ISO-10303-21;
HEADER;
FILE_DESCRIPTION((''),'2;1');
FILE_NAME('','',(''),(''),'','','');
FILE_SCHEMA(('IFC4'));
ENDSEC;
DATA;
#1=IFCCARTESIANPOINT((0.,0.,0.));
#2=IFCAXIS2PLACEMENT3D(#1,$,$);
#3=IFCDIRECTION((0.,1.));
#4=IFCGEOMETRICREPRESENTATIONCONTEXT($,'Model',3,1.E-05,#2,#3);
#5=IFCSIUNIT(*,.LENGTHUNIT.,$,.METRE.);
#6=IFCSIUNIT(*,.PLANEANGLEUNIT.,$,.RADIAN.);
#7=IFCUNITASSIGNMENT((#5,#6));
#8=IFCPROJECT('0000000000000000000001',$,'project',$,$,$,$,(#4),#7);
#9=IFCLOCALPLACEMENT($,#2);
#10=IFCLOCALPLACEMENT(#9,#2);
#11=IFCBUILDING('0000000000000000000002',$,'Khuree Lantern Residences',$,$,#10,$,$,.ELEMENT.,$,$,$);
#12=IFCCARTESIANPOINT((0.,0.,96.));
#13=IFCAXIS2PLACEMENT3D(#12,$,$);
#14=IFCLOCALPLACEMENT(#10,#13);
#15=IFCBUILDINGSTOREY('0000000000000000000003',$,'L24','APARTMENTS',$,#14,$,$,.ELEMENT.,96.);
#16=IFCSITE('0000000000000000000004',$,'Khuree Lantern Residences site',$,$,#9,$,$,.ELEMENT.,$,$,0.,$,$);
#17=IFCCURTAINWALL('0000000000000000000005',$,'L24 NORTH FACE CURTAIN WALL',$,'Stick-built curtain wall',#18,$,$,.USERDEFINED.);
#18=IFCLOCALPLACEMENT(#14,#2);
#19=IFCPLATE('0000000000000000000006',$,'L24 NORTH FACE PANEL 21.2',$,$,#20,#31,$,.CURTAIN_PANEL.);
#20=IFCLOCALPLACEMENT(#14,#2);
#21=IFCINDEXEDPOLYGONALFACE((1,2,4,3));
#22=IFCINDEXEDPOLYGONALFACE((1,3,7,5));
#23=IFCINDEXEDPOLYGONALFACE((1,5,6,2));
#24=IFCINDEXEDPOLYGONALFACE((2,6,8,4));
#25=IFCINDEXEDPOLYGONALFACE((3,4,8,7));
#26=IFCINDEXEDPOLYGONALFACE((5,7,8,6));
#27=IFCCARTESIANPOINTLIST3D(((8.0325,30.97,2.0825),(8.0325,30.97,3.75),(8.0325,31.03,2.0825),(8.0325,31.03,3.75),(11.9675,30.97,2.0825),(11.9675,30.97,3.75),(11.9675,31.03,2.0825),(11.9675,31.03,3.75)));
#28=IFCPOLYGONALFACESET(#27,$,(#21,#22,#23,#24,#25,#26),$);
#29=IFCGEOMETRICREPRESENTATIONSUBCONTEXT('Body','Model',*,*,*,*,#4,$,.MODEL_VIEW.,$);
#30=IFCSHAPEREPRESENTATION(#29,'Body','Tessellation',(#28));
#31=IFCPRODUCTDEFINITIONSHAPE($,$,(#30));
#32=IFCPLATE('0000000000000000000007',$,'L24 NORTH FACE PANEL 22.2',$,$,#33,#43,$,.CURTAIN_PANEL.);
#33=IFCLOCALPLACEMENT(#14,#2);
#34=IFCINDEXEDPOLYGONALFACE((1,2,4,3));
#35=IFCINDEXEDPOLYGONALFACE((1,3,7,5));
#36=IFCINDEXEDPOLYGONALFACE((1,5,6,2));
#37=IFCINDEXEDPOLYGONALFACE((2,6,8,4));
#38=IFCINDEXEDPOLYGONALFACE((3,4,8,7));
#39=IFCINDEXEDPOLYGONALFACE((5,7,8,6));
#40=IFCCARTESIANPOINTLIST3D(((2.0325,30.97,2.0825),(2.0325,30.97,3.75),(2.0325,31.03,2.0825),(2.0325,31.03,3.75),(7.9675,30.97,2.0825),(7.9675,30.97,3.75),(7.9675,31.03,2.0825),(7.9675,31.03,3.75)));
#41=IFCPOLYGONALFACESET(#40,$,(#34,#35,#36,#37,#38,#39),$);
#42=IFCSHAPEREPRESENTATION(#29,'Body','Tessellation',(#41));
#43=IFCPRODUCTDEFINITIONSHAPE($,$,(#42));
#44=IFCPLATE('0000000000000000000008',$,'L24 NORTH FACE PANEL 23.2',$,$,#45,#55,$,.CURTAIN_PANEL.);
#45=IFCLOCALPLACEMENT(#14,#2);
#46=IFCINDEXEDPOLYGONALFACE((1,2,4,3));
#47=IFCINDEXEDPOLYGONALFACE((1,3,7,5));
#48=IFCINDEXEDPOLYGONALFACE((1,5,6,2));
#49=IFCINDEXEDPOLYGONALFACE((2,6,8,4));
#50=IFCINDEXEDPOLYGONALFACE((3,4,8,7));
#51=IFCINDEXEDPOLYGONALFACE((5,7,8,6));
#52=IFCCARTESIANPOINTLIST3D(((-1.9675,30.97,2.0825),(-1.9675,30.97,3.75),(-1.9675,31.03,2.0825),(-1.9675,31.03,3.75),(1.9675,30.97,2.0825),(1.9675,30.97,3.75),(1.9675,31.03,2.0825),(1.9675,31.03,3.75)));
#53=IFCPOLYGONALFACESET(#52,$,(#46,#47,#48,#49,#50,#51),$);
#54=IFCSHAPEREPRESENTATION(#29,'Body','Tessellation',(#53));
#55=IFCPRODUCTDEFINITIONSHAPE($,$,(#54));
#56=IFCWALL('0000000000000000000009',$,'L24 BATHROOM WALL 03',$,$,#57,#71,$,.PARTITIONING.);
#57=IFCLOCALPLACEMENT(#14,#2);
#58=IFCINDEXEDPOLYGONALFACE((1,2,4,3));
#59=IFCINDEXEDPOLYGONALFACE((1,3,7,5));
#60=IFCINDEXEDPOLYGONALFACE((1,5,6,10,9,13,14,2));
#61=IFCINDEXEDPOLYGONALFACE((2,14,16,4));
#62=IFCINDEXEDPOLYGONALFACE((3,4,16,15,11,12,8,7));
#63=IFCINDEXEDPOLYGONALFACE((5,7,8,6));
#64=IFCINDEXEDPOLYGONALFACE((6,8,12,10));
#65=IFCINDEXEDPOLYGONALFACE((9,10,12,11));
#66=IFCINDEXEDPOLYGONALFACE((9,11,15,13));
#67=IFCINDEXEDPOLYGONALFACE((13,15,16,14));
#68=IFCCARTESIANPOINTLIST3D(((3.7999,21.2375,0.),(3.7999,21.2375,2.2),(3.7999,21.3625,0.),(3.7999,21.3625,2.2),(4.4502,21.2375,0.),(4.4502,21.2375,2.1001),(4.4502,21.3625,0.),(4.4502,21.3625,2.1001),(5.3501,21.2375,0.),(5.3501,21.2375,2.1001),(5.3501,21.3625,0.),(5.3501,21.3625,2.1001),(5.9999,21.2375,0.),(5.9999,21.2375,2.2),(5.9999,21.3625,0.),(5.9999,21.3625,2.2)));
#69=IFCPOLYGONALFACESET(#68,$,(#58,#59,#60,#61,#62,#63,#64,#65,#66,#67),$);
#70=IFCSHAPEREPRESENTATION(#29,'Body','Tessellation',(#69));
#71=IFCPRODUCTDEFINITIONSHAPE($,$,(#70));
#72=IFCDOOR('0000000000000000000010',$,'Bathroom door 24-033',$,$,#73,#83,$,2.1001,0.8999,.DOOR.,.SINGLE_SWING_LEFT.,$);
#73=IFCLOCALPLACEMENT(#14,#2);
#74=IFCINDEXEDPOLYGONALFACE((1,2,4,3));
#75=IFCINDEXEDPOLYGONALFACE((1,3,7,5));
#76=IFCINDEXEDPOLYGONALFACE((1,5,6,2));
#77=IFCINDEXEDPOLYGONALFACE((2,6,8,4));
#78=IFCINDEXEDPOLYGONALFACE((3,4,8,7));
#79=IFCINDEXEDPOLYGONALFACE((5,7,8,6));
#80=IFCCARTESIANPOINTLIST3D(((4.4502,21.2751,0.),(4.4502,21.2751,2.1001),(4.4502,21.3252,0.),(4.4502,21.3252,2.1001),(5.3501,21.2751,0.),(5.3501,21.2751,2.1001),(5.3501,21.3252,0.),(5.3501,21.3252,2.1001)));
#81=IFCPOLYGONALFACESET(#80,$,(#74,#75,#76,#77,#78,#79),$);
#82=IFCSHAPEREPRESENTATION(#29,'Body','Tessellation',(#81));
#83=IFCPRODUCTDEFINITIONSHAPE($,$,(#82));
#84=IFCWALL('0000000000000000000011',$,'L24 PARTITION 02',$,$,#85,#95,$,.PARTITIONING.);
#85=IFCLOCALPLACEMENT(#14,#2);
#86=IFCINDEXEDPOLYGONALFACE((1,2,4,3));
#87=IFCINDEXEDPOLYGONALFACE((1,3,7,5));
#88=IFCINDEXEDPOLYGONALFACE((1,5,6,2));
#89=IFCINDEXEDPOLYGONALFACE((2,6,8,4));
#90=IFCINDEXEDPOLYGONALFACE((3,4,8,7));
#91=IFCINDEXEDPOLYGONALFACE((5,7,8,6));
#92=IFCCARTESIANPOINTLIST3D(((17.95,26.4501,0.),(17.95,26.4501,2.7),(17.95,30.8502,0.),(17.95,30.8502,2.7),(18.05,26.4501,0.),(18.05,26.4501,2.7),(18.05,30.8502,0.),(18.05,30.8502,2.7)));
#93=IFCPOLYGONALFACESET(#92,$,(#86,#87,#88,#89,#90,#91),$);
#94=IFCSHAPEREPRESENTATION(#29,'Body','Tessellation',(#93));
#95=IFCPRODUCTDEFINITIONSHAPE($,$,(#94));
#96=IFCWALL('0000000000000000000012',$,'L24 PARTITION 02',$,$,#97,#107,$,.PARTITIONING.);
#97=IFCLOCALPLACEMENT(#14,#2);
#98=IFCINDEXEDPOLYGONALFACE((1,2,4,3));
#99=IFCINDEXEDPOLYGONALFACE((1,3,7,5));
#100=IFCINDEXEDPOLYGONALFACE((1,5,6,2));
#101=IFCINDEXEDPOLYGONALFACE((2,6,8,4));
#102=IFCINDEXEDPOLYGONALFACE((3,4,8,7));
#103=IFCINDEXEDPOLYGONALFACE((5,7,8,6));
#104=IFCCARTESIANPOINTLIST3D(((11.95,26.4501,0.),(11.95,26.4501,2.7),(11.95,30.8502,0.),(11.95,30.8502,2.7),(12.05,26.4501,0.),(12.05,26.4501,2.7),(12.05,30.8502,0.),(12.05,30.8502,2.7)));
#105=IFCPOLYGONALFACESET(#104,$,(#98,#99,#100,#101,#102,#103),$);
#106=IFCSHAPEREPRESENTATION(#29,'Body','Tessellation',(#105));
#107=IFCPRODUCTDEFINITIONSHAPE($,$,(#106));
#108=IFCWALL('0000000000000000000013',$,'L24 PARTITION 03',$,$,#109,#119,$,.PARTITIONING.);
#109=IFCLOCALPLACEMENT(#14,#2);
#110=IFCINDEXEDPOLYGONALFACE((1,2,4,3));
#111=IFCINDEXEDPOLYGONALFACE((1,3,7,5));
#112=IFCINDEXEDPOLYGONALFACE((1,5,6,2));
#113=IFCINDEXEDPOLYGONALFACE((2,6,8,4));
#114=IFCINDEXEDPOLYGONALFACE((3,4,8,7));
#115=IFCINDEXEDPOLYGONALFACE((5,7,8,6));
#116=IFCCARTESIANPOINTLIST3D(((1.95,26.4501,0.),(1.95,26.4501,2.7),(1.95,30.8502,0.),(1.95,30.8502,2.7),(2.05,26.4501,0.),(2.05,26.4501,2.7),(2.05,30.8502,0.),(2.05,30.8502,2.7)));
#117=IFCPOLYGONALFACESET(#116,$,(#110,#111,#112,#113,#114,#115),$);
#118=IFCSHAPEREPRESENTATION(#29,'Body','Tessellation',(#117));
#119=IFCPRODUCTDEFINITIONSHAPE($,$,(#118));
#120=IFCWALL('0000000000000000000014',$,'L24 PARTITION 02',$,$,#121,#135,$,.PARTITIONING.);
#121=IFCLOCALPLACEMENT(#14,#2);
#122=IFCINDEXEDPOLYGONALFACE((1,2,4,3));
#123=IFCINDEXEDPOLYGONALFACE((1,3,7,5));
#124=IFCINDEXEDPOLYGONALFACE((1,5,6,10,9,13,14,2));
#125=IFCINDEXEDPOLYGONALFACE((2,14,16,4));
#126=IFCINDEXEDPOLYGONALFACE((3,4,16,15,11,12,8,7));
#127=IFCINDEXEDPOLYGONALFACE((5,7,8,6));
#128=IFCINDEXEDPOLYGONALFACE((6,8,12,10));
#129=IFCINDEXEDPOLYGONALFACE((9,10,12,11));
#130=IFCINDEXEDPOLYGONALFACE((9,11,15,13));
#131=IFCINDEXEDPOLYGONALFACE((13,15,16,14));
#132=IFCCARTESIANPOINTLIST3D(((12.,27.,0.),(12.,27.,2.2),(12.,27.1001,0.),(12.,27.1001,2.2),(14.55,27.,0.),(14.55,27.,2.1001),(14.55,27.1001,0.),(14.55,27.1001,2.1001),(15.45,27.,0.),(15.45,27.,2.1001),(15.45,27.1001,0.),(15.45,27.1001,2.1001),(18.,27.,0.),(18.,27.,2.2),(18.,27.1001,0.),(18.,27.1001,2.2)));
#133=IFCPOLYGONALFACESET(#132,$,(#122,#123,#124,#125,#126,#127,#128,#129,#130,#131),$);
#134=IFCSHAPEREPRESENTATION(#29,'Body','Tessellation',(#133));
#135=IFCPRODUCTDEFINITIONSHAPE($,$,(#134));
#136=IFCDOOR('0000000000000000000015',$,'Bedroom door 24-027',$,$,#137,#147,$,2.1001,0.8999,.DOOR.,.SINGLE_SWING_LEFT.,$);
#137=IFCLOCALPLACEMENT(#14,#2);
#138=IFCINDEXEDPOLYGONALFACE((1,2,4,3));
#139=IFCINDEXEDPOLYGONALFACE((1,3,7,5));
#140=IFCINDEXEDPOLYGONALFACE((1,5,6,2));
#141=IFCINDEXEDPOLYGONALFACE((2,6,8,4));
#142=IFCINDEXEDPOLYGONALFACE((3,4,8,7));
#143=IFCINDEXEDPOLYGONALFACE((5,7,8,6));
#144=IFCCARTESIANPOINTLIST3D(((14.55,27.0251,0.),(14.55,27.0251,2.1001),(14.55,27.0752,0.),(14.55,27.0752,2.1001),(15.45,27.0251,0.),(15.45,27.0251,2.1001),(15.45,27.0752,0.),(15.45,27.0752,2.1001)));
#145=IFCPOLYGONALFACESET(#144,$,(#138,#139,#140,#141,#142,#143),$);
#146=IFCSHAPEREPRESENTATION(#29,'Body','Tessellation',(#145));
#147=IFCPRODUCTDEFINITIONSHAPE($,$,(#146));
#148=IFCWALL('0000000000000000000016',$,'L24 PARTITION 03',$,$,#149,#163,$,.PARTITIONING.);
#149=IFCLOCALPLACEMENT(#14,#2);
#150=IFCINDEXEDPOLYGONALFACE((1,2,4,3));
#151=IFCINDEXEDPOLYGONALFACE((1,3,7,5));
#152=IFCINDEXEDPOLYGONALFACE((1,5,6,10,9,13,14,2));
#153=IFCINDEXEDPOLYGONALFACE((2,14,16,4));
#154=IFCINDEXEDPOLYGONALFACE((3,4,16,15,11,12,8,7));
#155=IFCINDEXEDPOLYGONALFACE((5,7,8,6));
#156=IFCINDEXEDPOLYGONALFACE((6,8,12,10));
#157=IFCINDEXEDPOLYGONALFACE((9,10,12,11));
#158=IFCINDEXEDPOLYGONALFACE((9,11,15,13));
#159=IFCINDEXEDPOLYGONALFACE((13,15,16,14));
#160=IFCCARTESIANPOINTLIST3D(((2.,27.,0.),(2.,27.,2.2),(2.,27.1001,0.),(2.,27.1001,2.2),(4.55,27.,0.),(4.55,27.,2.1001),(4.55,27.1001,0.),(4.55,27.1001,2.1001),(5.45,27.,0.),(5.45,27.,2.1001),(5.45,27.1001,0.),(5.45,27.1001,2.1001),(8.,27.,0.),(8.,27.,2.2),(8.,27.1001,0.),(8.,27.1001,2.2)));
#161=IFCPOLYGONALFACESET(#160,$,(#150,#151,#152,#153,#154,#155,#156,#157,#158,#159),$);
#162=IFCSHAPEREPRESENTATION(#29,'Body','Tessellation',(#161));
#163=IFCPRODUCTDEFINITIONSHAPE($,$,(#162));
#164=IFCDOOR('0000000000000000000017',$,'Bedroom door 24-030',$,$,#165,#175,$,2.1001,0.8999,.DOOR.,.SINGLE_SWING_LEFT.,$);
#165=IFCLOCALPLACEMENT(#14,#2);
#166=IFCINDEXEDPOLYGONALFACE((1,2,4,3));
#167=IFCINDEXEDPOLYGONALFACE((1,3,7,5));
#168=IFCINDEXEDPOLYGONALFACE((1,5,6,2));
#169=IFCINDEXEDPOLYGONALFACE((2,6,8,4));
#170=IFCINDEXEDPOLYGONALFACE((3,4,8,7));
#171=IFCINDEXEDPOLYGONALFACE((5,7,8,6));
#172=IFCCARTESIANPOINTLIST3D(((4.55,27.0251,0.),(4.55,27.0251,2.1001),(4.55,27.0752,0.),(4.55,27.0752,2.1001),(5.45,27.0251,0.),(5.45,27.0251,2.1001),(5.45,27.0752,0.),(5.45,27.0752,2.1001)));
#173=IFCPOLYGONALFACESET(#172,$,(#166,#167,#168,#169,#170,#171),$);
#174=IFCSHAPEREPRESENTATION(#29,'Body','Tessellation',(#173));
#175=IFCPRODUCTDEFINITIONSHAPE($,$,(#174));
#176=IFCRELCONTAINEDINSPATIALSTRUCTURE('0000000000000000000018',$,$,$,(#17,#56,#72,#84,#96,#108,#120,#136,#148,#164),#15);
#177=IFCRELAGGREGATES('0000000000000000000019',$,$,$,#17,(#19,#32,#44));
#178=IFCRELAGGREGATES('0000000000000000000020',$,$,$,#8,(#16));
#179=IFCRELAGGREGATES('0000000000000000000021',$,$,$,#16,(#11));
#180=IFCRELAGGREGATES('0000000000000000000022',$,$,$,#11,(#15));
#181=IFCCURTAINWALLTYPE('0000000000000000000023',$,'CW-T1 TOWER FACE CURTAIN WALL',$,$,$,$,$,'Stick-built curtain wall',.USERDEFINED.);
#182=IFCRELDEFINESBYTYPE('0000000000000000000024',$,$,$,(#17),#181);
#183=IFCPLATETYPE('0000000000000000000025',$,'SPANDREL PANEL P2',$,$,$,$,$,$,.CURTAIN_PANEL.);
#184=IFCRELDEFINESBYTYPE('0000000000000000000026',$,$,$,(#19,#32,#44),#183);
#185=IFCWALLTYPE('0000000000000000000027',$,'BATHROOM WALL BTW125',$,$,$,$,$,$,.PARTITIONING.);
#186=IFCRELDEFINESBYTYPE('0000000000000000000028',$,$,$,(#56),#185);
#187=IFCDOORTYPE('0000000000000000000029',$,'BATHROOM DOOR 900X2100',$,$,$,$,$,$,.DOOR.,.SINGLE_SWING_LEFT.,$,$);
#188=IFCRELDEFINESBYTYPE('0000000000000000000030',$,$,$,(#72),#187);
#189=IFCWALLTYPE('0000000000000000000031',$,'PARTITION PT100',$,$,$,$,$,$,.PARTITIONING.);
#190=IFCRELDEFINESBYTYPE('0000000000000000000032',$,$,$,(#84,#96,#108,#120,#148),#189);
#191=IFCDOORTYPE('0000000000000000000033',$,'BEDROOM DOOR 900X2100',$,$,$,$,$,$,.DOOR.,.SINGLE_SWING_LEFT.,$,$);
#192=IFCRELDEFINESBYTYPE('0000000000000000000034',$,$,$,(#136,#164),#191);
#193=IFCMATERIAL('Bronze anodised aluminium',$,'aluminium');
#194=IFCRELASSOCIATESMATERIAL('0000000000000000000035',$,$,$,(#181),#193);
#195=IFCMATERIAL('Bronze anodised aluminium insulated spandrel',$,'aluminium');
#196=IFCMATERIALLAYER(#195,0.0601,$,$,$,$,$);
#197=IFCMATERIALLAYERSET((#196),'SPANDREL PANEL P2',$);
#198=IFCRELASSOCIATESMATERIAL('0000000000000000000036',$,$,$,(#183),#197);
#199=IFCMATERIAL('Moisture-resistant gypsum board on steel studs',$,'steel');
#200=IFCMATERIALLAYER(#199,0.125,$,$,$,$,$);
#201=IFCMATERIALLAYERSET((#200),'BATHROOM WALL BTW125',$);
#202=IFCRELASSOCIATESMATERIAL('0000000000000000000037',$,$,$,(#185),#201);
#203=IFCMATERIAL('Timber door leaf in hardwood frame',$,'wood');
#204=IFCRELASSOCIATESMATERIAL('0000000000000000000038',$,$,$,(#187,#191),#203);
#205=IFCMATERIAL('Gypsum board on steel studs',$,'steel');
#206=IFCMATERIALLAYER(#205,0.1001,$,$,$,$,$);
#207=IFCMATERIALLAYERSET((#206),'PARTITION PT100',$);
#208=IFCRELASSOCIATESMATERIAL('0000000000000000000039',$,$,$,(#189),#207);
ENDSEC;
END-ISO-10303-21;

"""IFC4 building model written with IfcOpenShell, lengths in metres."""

from ifc_helpers import new_model, si_unit, direction, frame, frame_2d, origin, origin_2d, place, context, subcontext, project, spatial, rectangle, extrude, material, layer, layer_set, type_object, element, fill, aggregate, save


model = new_model("IFC4")

# Units and contexts
model_context = context("Model", 3, precision=1e-05, world=origin(), true_north=direction((0.0, 1.0)))
body_context = subcontext(model_context, "Body", "Model", "MODEL_VIEW")
ifc_project = project(units=[si_unit("LENGTHUNIT", "METRE"), si_unit("PLANEANGLEUNIT", "RADIAN")], contexts=[model_context])

# Site, building, storey
site_placement = place(None, origin())
site = spatial("IfcSite", under=ifc_project, at=site_placement, Name="Khuree Lantern Residences site", CompositionType="ELEMENT", RefElevation=0.0)
building_placement = place(site_placement, origin())
building = spatial("IfcBuilding", under=site, at=building_placement, Name="Khuree Lantern Residences", CompositionType="ELEMENT")
storey_placement = place(building_placement, frame((0.0, 0.0, 96.0)))
storey = spatial("IfcBuildingStorey", under=building, at=storey_placement, Name="L24", Description="APARTMENTS", CompositionType="ELEMENT", Elevation=96.0)

# Curtain wall
ifc_material_1 = material(Name="Bronze anodised aluminium", Category="aluminium")
curtain_wall_type = type_object("IfcCurtainWallType", Name="CW-T1 TOWER FACE CURTAIN WALL", ElementType="Stick-built curtain wall", PredefinedType="USERDEFINED", material=ifc_material_1)
curtain_wall_placement = place(storey_placement, origin())
curtain_wall = element("IfcCurtainWall", 1, at=curtain_wall_placement, inside=storey, type_object=curtain_wall_type, Name="L24 NORTH FACE CURTAIN WALL", ObjectType="Stick-built curtain wall", PredefinedType="USERDEFINED")

# Plates
ifc_material_2 = material(Name="Bronze anodised aluminium insulated spandrel", Category="aluminium")
ifc_layer_1 = layer(ifc_material_2, 0.0601)
ifc_layer_set_1 = layer_set([ifc_layer_1], Name="SPANDREL PANEL P2")
plate_type_1 = type_object("IfcPlateType", Name="SPANDREL PANEL P2", PredefinedType="CURTAIN_PANEL", material=ifc_layer_set_1)
plate_1_placement = place(storey_placement, frame((10.0, 31.0, 2.0825), z_axis=(0.0, 0.0, 1.0), x_axis=(-1.0, 0.0, 0.0)))
plate_1 = element("IfcPlate", 2, at=plate_1_placement, type_object=plate_type_1, Name="L24 NORTH FACE PANEL 21.2", PredefinedType="CURTAIN_PANEL", context=body_context, shape_type="SweptSolid", body=[
    extrude(rectangle(XDim=3.9351, YDim=0.0601, at=origin_2d()), origin(), (0.0, 0.0, 1.0), 1.6675),
])
plate_2_placement = place(storey_placement, frame((5.0, 31.0, 2.0825), z_axis=(0.0, 0.0, 1.0), x_axis=(-1.0, 0.0, 0.0)))
plate_2 = element("IfcPlate", 3, at=plate_2_placement, type_object=plate_type_1, Name="L24 NORTH FACE PANEL 22.2", PredefinedType="CURTAIN_PANEL", context=body_context, shape_type="SweptSolid", body=[
    extrude(rectangle(XDim=5.9351, YDim=0.0601, at=origin_2d()), origin(), (0.0, 0.0, 1.0), 1.6675),
])
plate_3_placement = place(storey_placement, frame((0.0, 31.0, 2.0825), z_axis=(0.0, 0.0, 1.0), x_axis=(-1.0, 0.0, 0.0)))
plate_3 = element("IfcPlate", 4, at=plate_3_placement, type_object=plate_type_1, Name="L24 NORTH FACE PANEL 23.2", PredefinedType="CURTAIN_PANEL", context=body_context, shape_type="SweptSolid", body=[
    extrude(rectangle(XDim=3.9351, YDim=0.0601, at=origin_2d()), origin(), (0.0, 0.0, 1.0), 1.6675),
])
aggregate(curtain_wall, [plate_1, plate_2, plate_3])

# Wall, opening, door
ifc_material_3 = material(Name="Moisture-resistant gypsum board on steel studs", Category="steel")
ifc_layer_2 = layer(ifc_material_3, 0.125)
ifc_layer_set_2 = layer_set([ifc_layer_2], Name="BATHROOM WALL BTW125")
wall_type_1 = type_object("IfcWallType", Name="BATHROOM WALL BTW125", PredefinedType="PARTITIONING", material=ifc_layer_set_2)
wall_1_placement = place(storey_placement, frame((6.0, 21.3, 0.0), z_axis=(0.0, 0.0, 1.0), x_axis=(-1.0, 0.0, 0.0)))
wall_1 = element("IfcWall", 5, at=wall_1_placement, inside=storey, type_object=wall_type_1, Name="L24 BATHROOM WALL 03", PredefinedType="PARTITIONING", context=body_context, shape_type="SweptSolid", body=[
    extrude(rectangle(XDim=2.2, YDim=0.125, at=frame_2d((1.1001, 0.0))), origin(), (0.0, 0.0, 1.0), 2.2),
])
opening_1_placement = place(wall_1_placement, frame((0.6499, 0.0, 0.0)))
opening_1 = element("IfcOpeningElement", 6, at=opening_1_placement, cuts=wall_1, PredefinedType="OPENING", context=body_context, shape_type="SweptSolid", body=[
    extrude(rectangle(XDim=0.8999, YDim=2.1001, at=frame_2d((0.45, 1.05))), frame((0.0, 0.0725, 0.0), z_axis=(0.0, -1.0, 0.0), x_axis=(1.0, 0.0, 0.0)), (0.0, 0.0, 1.0), 0.145),
])
ifc_material_4 = material(Name="Timber door leaf in hardwood frame", Category="wood")
door_type_1 = type_object("IfcDoorType", Name="BATHROOM DOOR 900X2100", OperationType="SINGLE_SWING_LEFT", PredefinedType="DOOR", material=ifc_material_4)
door_1_placement = place(opening_1_placement, origin())
door_1 = element("IfcDoor", 7, at=door_1_placement, inside=storey, type_object=door_type_1, Name="Bathroom door 24-033", OperationType="SINGLE_SWING_LEFT", OverallHeight=2.1001, OverallWidth=0.8999, PredefinedType="DOOR", context=body_context, shape_type="SweptSolid", body=[
    extrude(rectangle(XDim=0.8999, YDim=2.1001, at=frame_2d((0.45, 1.05))), frame((0.0, 0.0249, 0.0), z_axis=(0.0, -1.0, 0.0), x_axis=(1.0, 0.0, 0.0)), (0.0, 0.0, 1.0), 0.05),
])
fill(opening_1, door_1)

# Walls
ifc_material_5 = material(Name="Gypsum board on steel studs", Category="steel")
ifc_layer_3 = layer(ifc_material_5, 0.1001)
ifc_layer_set_3 = layer_set([ifc_layer_3], Name="PARTITION PT100")
wall_type_2 = type_object("IfcWallType", Name="PARTITION PT100", PredefinedType="PARTITIONING", material=ifc_layer_set_3)
for number, where, z_axis, x_axis, name in (
    (8, (18.0, 26.45, 0.0), (0.0, 0.0, 1.0), (0.0, 1.0, 0.0), "L24 PARTITION 02"),
    (9, (12.0, 26.45, 0.0), (0.0, 0.0, 1.0), (0.0, 1.0, 0.0), "L24 PARTITION 02"),
    (10, (2.0, 26.45, 0.0), (0.0, 0.0, 1.0), (0.0, 1.0, 0.0), "L24 PARTITION 03"),
):
    element("IfcWall", number, at=place(storey_placement, frame(where, z_axis=z_axis, x_axis=x_axis)), inside=storey, type_object=wall_type_2, Name=name, PredefinedType="PARTITIONING", context=body_context, shape_type="SweptSolid", body=[
        extrude(rectangle(XDim=4.4001, YDim=0.1001, at=frame_2d((2.2002, 0.0))), origin(), (0.0, 0.0, 1.0), 2.7),
    ])

# Walls, openings, doors
wall_2_placement = place(storey_placement, frame((18.0, 27.05, 0.0), z_axis=(0.0, 0.0, 1.0), x_axis=(-1.0, 0.0, 0.0)))
wall_2 = element("IfcWall", 11, at=wall_2_placement, inside=storey, type_object=wall_type_2, Name="L24 PARTITION 02", PredefinedType="PARTITIONING", context=body_context, shape_type="SweptSolid", body=[
    extrude(rectangle(XDim=6.0, YDim=0.1001, at=frame_2d((3.0, 0.0))), origin(), (0.0, 0.0, 1.0), 2.2),
])
opening_2_placement = place(wall_2_placement, frame((2.55, 0.0, 0.0)))
opening_2 = element("IfcOpeningElement", 12, at=opening_2_placement, cuts=wall_2, PredefinedType="OPENING", context=body_context, shape_type="SweptSolid", body=[
    extrude(rectangle(XDim=0.8999, YDim=2.1001, at=frame_2d((0.45, 1.05))), frame((0.0, 0.0601, 0.0), z_axis=(0.0, -1.0, 0.0), x_axis=(1.0, 0.0, 0.0)), (0.0, 0.0, 1.0), 0.1201),
])
door_type_2 = type_object("IfcDoorType", Name="BEDROOM DOOR 900X2100", OperationType="SINGLE_SWING_LEFT", PredefinedType="DOOR", material=ifc_material_4)
door_2_placement = place(opening_2_placement, origin())
door_2 = element("IfcDoor", 13, at=door_2_placement, inside=storey, type_object=door_type_2, Name="Bedroom door 24-027", OperationType="SINGLE_SWING_LEFT", OverallHeight=2.1001, OverallWidth=0.8999, PredefinedType="DOOR", context=body_context, shape_type="SweptSolid", body=[
    extrude(rectangle(XDim=0.8999, YDim=2.1001, at=frame_2d((0.45, 1.05))), frame((0.0, 0.0249, 0.0), z_axis=(0.0, -1.0, 0.0), x_axis=(1.0, 0.0, 0.0)), (0.0, 0.0, 1.0), 0.05),
])
fill(opening_2, door_2)
wall_3_placement = place(storey_placement, frame((8.0, 27.05, 0.0), z_axis=(0.0, 0.0, 1.0), x_axis=(-1.0, 0.0, 0.0)))
wall_3 = element("IfcWall", 14, at=wall_3_placement, inside=storey, type_object=wall_type_2, Name="L24 PARTITION 03", PredefinedType="PARTITIONING", context=body_context, shape_type="SweptSolid", body=[
    extrude(rectangle(XDim=6.0, YDim=0.1001, at=frame_2d((3.0, 0.0))), origin(), (0.0, 0.0, 1.0), 2.2),
])
opening_3_placement = place(wall_3_placement, frame((2.55, 0.0, 0.0)))
opening_3 = element("IfcOpeningElement", 15, at=opening_3_placement, cuts=wall_3, PredefinedType="OPENING", context=body_context, shape_type="SweptSolid", body=[
    extrude(rectangle(XDim=0.8999, YDim=2.1001, at=frame_2d((0.45, 1.05))), frame((0.0, 0.0601, 0.0), z_axis=(0.0, -1.0, 0.0), x_axis=(1.0, 0.0, 0.0)), (0.0, 0.0, 1.0), 0.1201),
])
door_3_placement = place(opening_3_placement, origin())
door_3 = element("IfcDoor", 16, at=door_3_placement, inside=storey, type_object=door_type_2, Name="Bedroom door 24-030", OperationType="SINGLE_SWING_LEFT", OverallHeight=2.1001, OverallWidth=0.8999, PredefinedType="DOOR", context=body_context, shape_type="SweptSolid", body=[
    extrude(rectangle(XDim=0.8999, YDim=2.1001, at=frame_2d((0.45, 1.05))), frame((0.0, 0.0249, 0.0), z_axis=(0.0, -1.0, 0.0), x_axis=(1.0, 0.0, 0.0)), (0.0, 0.0, 1.0), 0.05),
])
fill(opening_3, door_3)

save(model, "model.ifc")
